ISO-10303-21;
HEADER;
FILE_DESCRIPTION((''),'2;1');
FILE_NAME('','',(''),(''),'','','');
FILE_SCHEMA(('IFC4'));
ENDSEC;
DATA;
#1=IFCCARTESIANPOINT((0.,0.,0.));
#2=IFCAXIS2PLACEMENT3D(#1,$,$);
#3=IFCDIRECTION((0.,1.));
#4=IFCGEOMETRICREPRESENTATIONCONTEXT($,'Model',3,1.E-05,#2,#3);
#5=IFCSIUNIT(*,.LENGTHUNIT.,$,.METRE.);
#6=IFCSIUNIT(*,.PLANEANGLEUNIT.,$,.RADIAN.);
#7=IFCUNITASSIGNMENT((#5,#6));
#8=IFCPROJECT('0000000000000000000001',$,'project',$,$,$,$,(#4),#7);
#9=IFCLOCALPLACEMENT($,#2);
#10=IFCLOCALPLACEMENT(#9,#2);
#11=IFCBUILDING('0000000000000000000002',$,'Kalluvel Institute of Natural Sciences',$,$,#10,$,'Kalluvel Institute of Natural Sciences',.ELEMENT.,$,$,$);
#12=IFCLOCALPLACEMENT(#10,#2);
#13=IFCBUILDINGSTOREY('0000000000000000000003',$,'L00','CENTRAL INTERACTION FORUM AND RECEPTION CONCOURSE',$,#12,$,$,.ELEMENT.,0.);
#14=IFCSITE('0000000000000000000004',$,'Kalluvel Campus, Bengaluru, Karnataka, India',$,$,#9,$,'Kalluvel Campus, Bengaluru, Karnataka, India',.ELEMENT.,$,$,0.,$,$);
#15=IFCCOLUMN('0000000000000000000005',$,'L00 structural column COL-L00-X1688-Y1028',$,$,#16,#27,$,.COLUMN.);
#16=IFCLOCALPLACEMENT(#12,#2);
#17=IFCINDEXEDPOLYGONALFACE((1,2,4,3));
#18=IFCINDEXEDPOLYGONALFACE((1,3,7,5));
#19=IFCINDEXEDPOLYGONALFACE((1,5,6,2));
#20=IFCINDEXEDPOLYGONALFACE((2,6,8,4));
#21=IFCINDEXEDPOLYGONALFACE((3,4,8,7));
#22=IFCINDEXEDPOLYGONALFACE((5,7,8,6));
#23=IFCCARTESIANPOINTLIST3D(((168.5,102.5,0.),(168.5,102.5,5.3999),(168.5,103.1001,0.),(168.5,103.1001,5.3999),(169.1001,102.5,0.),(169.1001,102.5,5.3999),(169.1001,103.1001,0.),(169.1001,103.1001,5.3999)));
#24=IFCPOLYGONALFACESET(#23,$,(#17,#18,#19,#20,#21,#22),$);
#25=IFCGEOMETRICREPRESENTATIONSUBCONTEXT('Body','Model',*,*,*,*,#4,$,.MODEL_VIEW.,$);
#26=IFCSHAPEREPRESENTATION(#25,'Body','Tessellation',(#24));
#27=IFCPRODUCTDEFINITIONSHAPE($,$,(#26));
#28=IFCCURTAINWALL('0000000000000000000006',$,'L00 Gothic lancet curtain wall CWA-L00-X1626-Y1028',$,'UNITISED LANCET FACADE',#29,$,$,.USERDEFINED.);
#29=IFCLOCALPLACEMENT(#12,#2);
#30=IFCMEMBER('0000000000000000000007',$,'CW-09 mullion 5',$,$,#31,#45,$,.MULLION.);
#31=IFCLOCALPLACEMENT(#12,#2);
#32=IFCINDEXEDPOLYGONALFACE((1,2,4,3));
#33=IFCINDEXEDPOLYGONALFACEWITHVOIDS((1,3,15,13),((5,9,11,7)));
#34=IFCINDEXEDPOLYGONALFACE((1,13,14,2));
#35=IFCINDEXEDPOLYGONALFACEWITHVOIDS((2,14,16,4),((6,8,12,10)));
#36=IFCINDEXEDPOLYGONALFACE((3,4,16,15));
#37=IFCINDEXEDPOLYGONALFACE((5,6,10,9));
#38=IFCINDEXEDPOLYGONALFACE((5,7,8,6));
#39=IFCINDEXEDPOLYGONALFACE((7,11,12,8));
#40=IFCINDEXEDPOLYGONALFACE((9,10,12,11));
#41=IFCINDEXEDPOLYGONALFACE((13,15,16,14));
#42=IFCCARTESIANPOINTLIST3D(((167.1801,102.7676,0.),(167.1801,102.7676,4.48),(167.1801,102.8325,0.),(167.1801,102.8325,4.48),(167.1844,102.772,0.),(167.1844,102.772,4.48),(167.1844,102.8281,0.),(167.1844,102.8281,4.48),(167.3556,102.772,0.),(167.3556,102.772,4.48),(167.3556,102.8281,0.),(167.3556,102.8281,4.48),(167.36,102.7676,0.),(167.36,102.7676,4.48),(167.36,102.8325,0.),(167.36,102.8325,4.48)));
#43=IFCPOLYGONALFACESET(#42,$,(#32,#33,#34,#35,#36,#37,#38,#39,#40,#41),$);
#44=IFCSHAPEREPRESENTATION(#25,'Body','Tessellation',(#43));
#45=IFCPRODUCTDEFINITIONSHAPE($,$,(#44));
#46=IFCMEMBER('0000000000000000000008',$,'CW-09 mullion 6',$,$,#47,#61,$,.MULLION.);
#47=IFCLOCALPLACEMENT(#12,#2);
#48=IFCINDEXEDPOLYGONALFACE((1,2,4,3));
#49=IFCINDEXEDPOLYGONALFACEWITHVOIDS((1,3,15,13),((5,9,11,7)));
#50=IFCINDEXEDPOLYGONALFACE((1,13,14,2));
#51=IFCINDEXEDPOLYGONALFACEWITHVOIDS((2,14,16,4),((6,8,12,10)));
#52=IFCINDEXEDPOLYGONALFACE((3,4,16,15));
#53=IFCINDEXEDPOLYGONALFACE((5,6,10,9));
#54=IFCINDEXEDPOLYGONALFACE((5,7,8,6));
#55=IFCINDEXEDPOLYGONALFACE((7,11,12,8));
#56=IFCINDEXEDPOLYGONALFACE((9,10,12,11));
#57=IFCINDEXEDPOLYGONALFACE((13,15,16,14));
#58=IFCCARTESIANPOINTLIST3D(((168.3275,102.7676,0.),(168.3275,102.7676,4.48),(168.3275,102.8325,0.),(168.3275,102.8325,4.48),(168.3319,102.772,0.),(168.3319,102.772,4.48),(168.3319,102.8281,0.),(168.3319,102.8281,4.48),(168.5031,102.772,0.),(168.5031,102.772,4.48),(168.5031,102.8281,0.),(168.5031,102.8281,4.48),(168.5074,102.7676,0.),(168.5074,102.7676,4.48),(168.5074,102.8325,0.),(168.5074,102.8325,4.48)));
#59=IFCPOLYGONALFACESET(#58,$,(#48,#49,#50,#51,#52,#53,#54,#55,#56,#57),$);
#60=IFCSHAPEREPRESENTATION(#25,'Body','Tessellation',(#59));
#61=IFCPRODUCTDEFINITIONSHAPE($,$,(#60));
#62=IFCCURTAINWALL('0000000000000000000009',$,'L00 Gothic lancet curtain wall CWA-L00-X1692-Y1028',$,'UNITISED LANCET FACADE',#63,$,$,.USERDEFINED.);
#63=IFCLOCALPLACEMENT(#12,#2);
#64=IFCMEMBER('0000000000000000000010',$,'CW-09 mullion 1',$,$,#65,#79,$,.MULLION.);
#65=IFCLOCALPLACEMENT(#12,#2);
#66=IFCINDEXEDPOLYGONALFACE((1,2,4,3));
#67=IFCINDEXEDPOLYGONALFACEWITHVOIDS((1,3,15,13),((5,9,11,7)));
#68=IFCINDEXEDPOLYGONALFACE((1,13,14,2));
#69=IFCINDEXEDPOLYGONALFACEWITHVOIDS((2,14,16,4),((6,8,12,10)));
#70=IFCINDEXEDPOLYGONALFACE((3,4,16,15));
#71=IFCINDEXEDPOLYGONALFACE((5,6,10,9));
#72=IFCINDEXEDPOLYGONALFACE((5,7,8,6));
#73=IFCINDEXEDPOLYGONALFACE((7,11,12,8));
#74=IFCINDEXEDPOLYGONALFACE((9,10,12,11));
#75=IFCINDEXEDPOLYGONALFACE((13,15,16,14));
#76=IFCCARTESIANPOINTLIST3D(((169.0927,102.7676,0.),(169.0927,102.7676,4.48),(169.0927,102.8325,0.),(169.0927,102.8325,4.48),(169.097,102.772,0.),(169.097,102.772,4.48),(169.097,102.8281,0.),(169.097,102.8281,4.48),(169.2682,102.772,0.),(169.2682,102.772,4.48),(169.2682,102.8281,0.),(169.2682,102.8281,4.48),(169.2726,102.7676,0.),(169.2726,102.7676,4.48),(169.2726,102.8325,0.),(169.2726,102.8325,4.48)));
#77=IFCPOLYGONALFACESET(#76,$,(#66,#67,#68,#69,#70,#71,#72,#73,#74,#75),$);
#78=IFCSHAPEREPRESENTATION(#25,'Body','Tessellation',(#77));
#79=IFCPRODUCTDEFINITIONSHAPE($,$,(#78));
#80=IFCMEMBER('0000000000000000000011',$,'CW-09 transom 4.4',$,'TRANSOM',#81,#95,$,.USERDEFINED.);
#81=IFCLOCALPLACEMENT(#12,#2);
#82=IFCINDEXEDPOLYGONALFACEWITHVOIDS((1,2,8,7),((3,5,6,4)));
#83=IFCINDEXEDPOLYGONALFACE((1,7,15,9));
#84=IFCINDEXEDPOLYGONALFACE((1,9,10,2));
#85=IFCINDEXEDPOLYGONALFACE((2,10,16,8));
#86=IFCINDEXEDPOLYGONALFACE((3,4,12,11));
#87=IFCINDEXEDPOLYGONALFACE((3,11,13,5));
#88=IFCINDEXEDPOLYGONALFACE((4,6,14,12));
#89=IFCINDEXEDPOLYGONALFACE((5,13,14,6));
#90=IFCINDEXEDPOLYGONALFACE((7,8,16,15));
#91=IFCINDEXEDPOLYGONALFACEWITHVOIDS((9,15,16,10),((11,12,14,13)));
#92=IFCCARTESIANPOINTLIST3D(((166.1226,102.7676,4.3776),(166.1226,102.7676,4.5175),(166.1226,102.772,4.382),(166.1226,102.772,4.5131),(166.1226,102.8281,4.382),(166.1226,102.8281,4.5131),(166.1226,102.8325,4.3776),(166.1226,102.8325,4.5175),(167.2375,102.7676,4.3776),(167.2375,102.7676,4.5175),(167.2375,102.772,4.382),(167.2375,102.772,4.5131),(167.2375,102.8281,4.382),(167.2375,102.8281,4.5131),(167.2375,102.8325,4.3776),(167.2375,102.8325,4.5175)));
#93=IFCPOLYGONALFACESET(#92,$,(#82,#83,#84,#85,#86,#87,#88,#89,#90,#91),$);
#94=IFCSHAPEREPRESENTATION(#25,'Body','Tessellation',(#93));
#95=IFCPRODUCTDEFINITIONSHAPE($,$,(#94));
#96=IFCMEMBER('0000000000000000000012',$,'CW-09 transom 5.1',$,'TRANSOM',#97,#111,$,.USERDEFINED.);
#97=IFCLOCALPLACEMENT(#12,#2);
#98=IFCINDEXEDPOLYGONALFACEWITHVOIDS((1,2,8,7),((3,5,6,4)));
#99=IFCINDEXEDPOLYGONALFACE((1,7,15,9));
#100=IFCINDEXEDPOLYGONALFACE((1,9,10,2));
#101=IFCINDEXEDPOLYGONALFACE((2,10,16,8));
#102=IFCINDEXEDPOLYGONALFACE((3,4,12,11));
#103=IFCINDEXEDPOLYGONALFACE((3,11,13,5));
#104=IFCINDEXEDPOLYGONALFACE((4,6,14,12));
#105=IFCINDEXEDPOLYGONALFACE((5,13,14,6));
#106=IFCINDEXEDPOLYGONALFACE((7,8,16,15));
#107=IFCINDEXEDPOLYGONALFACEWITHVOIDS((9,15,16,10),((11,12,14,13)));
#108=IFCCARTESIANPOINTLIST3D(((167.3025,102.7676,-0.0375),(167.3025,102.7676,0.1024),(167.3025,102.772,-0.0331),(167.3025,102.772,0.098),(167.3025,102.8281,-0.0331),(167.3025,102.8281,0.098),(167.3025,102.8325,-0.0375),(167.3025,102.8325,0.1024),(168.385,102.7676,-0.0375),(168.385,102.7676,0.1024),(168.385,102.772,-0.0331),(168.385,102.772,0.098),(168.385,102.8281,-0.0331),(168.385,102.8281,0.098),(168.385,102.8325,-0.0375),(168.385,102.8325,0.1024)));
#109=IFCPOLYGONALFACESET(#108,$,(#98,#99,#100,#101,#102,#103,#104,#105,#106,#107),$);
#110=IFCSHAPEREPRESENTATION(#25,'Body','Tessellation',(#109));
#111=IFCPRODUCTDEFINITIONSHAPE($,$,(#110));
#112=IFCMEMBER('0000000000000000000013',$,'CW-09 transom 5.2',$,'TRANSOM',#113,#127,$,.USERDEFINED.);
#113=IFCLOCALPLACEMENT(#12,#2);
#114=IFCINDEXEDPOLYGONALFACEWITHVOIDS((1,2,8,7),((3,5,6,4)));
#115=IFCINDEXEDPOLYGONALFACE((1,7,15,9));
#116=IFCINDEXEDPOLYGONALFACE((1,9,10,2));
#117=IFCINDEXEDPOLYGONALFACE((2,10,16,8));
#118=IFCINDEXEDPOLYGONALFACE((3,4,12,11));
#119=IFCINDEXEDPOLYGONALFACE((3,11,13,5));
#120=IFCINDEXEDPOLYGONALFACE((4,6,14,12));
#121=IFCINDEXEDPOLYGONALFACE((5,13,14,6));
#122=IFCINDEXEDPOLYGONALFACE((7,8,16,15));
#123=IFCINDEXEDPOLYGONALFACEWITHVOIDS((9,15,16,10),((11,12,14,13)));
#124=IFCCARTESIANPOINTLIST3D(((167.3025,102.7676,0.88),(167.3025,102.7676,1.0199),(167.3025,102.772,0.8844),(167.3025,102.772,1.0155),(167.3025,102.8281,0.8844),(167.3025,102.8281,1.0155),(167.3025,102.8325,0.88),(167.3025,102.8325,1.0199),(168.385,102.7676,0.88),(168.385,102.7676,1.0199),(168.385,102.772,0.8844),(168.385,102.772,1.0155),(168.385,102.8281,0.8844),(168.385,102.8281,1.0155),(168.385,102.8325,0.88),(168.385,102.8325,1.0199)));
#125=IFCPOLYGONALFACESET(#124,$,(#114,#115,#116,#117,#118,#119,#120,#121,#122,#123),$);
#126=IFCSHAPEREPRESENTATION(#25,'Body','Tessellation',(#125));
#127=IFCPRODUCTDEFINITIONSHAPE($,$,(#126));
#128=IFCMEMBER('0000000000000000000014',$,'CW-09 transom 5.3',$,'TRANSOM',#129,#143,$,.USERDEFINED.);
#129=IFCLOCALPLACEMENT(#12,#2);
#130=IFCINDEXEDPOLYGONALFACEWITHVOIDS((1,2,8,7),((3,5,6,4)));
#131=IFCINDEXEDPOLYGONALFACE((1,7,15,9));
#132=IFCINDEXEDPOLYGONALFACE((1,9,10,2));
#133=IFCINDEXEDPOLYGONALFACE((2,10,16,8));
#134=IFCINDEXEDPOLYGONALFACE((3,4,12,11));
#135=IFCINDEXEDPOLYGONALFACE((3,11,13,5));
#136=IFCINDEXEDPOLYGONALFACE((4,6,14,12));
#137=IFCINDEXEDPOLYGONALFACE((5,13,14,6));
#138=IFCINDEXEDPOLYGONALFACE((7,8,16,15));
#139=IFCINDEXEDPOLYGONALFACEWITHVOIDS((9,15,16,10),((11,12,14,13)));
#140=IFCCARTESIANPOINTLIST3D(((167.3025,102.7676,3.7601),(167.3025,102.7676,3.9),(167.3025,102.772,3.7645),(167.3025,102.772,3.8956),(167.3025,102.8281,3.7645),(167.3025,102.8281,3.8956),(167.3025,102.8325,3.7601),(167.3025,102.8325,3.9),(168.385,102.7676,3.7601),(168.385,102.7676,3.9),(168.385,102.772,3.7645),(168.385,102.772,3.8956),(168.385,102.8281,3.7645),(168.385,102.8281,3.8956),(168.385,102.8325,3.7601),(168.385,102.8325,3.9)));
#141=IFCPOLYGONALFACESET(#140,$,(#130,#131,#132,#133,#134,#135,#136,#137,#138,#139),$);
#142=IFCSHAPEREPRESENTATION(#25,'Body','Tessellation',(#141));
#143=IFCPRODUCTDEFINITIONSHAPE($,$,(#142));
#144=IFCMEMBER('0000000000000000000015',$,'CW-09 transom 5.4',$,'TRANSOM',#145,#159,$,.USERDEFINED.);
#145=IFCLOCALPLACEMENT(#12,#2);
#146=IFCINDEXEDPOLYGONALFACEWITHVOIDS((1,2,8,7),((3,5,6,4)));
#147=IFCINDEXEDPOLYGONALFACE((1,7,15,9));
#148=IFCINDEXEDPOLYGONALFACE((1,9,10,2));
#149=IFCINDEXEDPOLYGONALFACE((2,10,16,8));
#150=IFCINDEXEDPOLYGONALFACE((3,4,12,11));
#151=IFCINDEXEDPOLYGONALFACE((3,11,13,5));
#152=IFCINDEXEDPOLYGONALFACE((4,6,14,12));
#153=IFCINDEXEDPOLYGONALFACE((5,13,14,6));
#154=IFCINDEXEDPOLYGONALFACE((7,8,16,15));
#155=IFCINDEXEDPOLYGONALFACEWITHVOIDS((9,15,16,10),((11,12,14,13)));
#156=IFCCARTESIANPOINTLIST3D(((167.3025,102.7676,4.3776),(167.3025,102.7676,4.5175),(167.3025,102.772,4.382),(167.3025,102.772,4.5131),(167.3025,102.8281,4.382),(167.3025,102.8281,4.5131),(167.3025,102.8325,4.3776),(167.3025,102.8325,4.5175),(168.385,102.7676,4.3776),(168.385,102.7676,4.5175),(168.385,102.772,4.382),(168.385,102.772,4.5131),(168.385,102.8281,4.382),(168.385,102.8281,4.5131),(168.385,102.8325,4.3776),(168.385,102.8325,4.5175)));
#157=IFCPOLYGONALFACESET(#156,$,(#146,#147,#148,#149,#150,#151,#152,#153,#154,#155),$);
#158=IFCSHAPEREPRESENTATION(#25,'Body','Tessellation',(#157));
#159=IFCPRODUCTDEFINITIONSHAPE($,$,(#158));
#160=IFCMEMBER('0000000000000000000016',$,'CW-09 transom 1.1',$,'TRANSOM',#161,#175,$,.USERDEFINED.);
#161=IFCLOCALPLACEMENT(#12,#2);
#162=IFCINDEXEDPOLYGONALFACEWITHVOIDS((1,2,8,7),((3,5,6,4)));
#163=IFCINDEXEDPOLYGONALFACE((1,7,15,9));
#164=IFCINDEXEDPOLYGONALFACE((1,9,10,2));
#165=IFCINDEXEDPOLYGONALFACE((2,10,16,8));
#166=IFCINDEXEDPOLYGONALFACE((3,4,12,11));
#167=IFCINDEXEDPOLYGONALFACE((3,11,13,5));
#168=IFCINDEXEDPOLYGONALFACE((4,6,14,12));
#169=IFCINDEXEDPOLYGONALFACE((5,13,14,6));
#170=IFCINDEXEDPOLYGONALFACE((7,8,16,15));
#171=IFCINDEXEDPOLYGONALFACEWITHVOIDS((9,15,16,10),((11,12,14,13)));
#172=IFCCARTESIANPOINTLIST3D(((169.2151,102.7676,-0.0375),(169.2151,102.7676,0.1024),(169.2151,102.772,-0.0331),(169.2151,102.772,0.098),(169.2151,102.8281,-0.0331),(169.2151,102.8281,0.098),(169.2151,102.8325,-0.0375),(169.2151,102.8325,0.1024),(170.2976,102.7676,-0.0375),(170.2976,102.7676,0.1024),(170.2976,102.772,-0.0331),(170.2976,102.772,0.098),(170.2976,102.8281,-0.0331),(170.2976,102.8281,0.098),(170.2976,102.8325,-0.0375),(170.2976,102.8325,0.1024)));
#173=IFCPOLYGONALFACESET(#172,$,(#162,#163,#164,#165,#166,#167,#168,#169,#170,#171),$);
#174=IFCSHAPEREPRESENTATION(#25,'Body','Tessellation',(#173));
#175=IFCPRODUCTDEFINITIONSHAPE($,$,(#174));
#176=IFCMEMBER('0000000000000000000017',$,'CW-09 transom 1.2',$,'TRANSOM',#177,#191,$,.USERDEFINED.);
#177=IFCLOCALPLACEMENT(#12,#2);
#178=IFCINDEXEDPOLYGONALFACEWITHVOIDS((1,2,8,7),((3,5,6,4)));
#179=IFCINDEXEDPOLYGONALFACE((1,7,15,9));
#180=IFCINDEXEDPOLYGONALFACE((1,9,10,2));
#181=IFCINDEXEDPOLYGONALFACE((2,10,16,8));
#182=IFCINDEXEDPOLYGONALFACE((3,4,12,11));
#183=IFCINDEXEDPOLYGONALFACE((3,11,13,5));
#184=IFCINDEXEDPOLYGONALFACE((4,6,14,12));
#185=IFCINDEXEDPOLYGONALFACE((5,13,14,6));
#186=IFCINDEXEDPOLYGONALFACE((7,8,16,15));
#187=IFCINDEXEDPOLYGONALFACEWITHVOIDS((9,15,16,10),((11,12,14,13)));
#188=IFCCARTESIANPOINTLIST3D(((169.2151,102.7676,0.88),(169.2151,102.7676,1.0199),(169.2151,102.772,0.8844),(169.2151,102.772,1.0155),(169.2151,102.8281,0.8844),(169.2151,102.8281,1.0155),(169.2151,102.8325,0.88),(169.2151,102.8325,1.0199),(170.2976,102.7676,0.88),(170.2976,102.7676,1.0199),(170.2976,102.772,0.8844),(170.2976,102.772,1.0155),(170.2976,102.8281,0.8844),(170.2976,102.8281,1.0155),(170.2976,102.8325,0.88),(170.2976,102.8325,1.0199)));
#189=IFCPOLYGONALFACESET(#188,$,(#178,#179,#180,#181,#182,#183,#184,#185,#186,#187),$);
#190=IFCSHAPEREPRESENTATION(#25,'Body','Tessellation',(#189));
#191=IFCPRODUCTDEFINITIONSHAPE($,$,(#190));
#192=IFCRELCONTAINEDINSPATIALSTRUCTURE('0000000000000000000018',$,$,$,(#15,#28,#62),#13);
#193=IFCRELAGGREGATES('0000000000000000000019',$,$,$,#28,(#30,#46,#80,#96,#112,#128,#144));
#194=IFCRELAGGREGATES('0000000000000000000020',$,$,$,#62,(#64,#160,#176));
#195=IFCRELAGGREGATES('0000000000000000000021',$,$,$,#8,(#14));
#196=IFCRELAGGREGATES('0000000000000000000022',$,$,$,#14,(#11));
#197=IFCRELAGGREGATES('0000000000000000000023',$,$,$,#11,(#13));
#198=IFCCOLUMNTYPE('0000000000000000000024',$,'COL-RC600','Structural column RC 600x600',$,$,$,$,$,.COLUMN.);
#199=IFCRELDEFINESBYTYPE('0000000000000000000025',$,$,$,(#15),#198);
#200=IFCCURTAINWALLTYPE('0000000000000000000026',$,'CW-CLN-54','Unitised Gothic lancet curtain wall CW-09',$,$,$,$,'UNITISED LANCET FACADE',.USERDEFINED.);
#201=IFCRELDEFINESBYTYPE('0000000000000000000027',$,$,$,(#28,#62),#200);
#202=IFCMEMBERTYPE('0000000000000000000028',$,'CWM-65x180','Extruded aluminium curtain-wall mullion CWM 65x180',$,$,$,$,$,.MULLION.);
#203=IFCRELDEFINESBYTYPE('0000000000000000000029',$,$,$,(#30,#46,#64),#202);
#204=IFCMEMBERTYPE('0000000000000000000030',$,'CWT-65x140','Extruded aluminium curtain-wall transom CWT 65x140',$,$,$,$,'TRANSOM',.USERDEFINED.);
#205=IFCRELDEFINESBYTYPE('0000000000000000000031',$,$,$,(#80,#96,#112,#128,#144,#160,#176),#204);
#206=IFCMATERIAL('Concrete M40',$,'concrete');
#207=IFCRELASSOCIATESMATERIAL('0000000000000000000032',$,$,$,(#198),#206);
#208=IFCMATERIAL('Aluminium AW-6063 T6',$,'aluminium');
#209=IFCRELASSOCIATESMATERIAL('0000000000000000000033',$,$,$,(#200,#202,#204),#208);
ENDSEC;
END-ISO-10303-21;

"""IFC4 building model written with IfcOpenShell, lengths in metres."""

from ifc_helpers import new_model, si_unit, direction, frame, origin, origin_2d, place, context, subcontext, project, spatial, rectangle, hollow_rectangle, extrude, material, material_profile, profile_set, type_object, element, aggregate, save


model = new_model("IFC4")

# Units and contexts
model_context = context("Model", 3, precision=1e-05, world=origin(), true_north=direction((0.0, 1.0)))
body_context = subcontext(model_context, "Body", "Model", "MODEL_VIEW")
ifc_project = project(units=[si_unit("LENGTHUNIT", "METRE"), si_unit("PLANEANGLEUNIT", "RADIAN")], contexts=[model_context])

# Site, building, storey
site_placement = place(None, origin())
site = spatial("IfcSite", under=ifc_project, at=site_placement, Name="Kalluvel Campus, Bengaluru, Karnataka, India", LongName="Kalluvel Campus, Bengaluru, Karnataka, India", CompositionType="ELEMENT", RefElevation=0.0)
building_placement = place(site_placement, origin())
building = spatial("IfcBuilding", under=site, at=building_placement, Name="Kalluvel Institute of Natural Sciences", LongName="Kalluvel Institute of Natural Sciences", CompositionType="ELEMENT")
storey_placement = place(building_placement, origin())
storey = spatial("IfcBuildingStorey", under=building, at=storey_placement, Name="L00", Description="CENTRAL INTERACTION FORUM AND RECEPTION CONCOURSE", CompositionType="ELEMENT", Elevation=0.0)

# Column
ifc_material_1 = material(Name="Concrete M40", Category="concrete")
ifc_material_profile_1 = material_profile(ifc_material_1, rectangle(XDim=0.6001, YDim=0.6001, at=origin_2d()), Name="RC 600x600")
ifc_profile_set_1 = profile_set([ifc_material_profile_1], Name="Concrete M40")
column_type = type_object("IfcColumnType", Name="COL-RC600", Description="Structural column RC 600x600", PredefinedType="COLUMN", material=ifc_profile_set_1)
column_placement = place(storey_placement, frame((168.8, 102.8, 0.0), z_axis=(0.0, 0.0, 1.0), x_axis=(1.0, 0.0, 0.0)))
element("IfcColumn", 1, at=column_placement, inside=storey, type_object=column_type, Name="L00 structural column COL-L00-X1688-Y1028", PredefinedType="COLUMN", context=body_context, shape_type="SweptSolid", body=[
    extrude(rectangle(XDim=0.6001, YDim=0.6001, at=origin_2d()), origin(), (0.0, 0.0, 1.0), 5.3999),
])

# Curtain wall, members
ifc_material_2 = material(Name="Aluminium AW-6063 T6", Category="aluminium")
curtain_wall_type = type_object("IfcCurtainWallType", Name="CW-CLN-54", Description="Unitised Gothic lancet curtain wall CW-09", ElementType="UNITISED LANCET FACADE", PredefinedType="USERDEFINED", material=ifc_material_2)
curtain_wall_1_placement = place(storey_placement, origin())
curtain_wall_1 = element("IfcCurtainWall", 2, at=curtain_wall_1_placement, inside=storey, type_object=curtain_wall_type, Name="L00 Gothic lancet curtain wall CWA-L00-X1626-Y1028", ObjectType="UNITISED LANCET FACADE", PredefinedType="USERDEFINED")
ifc_material_profile_2 = material_profile(ifc_material_2, hollow_rectangle(XDim=0.0649, YDim=0.1799, WallThickness=0.0044, at=origin_2d()), Name="CWM 65x180")
ifc_profile_set_2 = profile_set([ifc_material_profile_2], Name="Aluminium AW-6063 T6")
member_type_1 = type_object("IfcMemberType", Name="CWM-65x180", Description="Extruded aluminium curtain-wall mullion CWM 65x180", PredefinedType="MULLION", material=ifc_profile_set_2)
member_1_placement = place(storey_placement, frame((167.27, 102.8, 0.0), z_axis=(0.0, 0.0, 1.0), x_axis=(0.0, 1.0, 0.0)))
member_1 = element("IfcMember", 3, at=member_1_placement, type_object=member_type_1, Name="CW-09 mullion 5", PredefinedType="MULLION", context=body_context, shape_type="SweptSolid", body=[
    extrude(hollow_rectangle(XDim=0.0649, YDim=0.1799, WallThickness=0.0044, at=origin_2d()), origin(), (0.0, 0.0, 1.0), 4.48),
])
member_2_placement = place(storey_placement, frame((168.4175, 102.8, 0.0), z_axis=(0.0, 0.0, 1.0), x_axis=(0.0, 1.0, 0.0)))
member_2 = element("IfcMember", 4, at=member_2_placement, type_object=member_type_1, Name="CW-09 mullion 6", PredefinedType="MULLION", context=body_context, shape_type="SweptSolid", body=[
    extrude(hollow_rectangle(XDim=0.0649, YDim=0.1799, WallThickness=0.0044, at=origin_2d()), origin(), (0.0, 0.0, 1.0), 4.48),
])

# Curtain wall, member
curtain_wall_2_placement = place(storey_placement, origin())
curtain_wall_2 = element("IfcCurtainWall", 5, at=curtain_wall_2_placement, inside=storey, type_object=curtain_wall_type, Name="L00 Gothic lancet curtain wall CWA-L00-X1692-Y1028", ObjectType="UNITISED LANCET FACADE", PredefinedType="USERDEFINED")
member_3_placement = place(storey_placement, frame((169.1826, 102.8, 0.0), z_axis=(0.0, 0.0, 1.0), x_axis=(0.0, 1.0, 0.0)))
member_3 = element("IfcMember", 6, at=member_3_placement, type_object=member_type_1, Name="CW-09 mullion 1", PredefinedType="MULLION", context=body_context, shape_type="SweptSolid", body=[
    extrude(hollow_rectangle(XDim=0.0649, YDim=0.1799, WallThickness=0.0044, at=origin_2d()), origin(), (0.0, 0.0, 1.0), 4.48),
])

# Members
ifc_material_profile_3 = material_profile(ifc_material_2, hollow_rectangle(XDim=0.0649, YDim=0.1399, WallThickness=0.0044, at=origin_2d()), Name="CWT 65x140")
ifc_profile_set_3 = profile_set([ifc_material_profile_3], Name="Aluminium AW-6063 T6")
member_type_2 = type_object("IfcMemberType", Name="CWT-65x140", Description="Extruded aluminium curtain-wall transom CWT 65x140", ElementType="TRANSOM", PredefinedType="USERDEFINED", material=ifc_profile_set_3)
member_4_placement = place(storey_placement, frame((166.1226, 102.8, 4.4475), z_axis=(1.0, 0.0, 0.0), x_axis=(0.0, 1.0, 0.0)))
member_4 = element("IfcMember", 7, at=member_4_placement, type_object=member_type_2, Name="CW-09 transom 4.4", ObjectType="TRANSOM", PredefinedType="USERDEFINED", context=body_context, shape_type="SweptSolid", body=[
    extrude(hollow_rectangle(XDim=0.0649, YDim=0.1399, WallThickness=0.0044, at=origin_2d()), origin(), (0.0, 0.0, 1.0), 1.115),
])
member_5_placement = place(storey_placement, frame((167.3025, 102.8, 0.0325), z_axis=(1.0, 0.0, 0.0), x_axis=(0.0, 1.0, 0.0)))
member_5 = element("IfcMember", 8, at=member_5_placement, type_object=member_type_2, Name="CW-09 transom 5.1", ObjectType="TRANSOM", PredefinedType="USERDEFINED", context=body_context, shape_type="SweptSolid", body=[
    extrude(hollow_rectangle(XDim=0.0649, YDim=0.1399, WallThickness=0.0044, at=origin_2d()), origin(), (0.0, 0.0, 1.0), 1.0825),
])
member_6_placement = place(storey_placement, frame((167.3025, 102.8, 0.95), z_axis=(1.0, 0.0, 0.0), x_axis=(0.0, 1.0, 0.0)))
member_6 = element("IfcMember", 9, at=member_6_placement, type_object=member_type_2, Name="CW-09 transom 5.2", ObjectType="TRANSOM", PredefinedType="USERDEFINED", context=body_context, shape_type="SweptSolid", body=[
    extrude(hollow_rectangle(XDim=0.0649, YDim=0.1399, WallThickness=0.0044, at=origin_2d()), origin(), (0.0, 0.0, 1.0), 1.0825),
])
member_7_placement = place(storey_placement, frame((167.3025, 102.8, 3.8301), z_axis=(1.0, 0.0, 0.0), x_axis=(0.0, 1.0, 0.0)))
member_7 = element("IfcMember", 10, at=member_7_placement, type_object=member_type_2, Name="CW-09 transom 5.3", ObjectType="TRANSOM", PredefinedType="USERDEFINED", context=body_context, shape_type="SweptSolid", body=[
    extrude(hollow_rectangle(XDim=0.0649, YDim=0.1399, WallThickness=0.0044, at=origin_2d()), origin(), (0.0, 0.0, 1.0), 1.0825),
])
member_8_placement = place(storey_placement, frame((167.3025, 102.8, 4.4475), z_axis=(1.0, 0.0, 0.0), x_axis=(0.0, 1.0, 0.0)))
member_8 = element("IfcMember", 11, at=member_8_placement, type_object=member_type_2, Name="CW-09 transom 5.4", ObjectType="TRANSOM", PredefinedType="USERDEFINED", context=body_context, shape_type="SweptSolid", body=[
    extrude(hollow_rectangle(XDim=0.0649, YDim=0.1399, WallThickness=0.0044, at=origin_2d()), origin(), (0.0, 0.0, 1.0), 1.0825),
])
member_9_placement = place(storey_placement, frame((169.2151, 102.8, 0.0325), z_axis=(1.0, 0.0, 0.0), x_axis=(0.0, 1.0, 0.0)))
member_9 = element("IfcMember", 12, at=member_9_placement, type_object=member_type_2, Name="CW-09 transom 1.1", ObjectType="TRANSOM", PredefinedType="USERDEFINED", context=body_context, shape_type="SweptSolid", body=[
    extrude(hollow_rectangle(XDim=0.0649, YDim=0.1399, WallThickness=0.0044, at=origin_2d()), origin(), (0.0, 0.0, 1.0), 1.0825),
])
member_10_placement = place(storey_placement, frame((169.2151, 102.8, 0.95), z_axis=(1.0, 0.0, 0.0), x_axis=(0.0, 1.0, 0.0)))
member_10 = element("IfcMember", 13, at=member_10_placement, type_object=member_type_2, Name="CW-09 transom 1.2", ObjectType="TRANSOM", PredefinedType="USERDEFINED", context=body_context, shape_type="SweptSolid", body=[
    extrude(hollow_rectangle(XDim=0.0649, YDim=0.1399, WallThickness=0.0044, at=origin_2d()), origin(), (0.0, 0.0, 1.0), 1.0825),
])

aggregate(curtain_wall_1, [member_1, member_2, member_4, member_5, member_6, member_7, member_8])
aggregate(curtain_wall_2, [member_3, member_9, member_10])

save(model, "model.ifc")
